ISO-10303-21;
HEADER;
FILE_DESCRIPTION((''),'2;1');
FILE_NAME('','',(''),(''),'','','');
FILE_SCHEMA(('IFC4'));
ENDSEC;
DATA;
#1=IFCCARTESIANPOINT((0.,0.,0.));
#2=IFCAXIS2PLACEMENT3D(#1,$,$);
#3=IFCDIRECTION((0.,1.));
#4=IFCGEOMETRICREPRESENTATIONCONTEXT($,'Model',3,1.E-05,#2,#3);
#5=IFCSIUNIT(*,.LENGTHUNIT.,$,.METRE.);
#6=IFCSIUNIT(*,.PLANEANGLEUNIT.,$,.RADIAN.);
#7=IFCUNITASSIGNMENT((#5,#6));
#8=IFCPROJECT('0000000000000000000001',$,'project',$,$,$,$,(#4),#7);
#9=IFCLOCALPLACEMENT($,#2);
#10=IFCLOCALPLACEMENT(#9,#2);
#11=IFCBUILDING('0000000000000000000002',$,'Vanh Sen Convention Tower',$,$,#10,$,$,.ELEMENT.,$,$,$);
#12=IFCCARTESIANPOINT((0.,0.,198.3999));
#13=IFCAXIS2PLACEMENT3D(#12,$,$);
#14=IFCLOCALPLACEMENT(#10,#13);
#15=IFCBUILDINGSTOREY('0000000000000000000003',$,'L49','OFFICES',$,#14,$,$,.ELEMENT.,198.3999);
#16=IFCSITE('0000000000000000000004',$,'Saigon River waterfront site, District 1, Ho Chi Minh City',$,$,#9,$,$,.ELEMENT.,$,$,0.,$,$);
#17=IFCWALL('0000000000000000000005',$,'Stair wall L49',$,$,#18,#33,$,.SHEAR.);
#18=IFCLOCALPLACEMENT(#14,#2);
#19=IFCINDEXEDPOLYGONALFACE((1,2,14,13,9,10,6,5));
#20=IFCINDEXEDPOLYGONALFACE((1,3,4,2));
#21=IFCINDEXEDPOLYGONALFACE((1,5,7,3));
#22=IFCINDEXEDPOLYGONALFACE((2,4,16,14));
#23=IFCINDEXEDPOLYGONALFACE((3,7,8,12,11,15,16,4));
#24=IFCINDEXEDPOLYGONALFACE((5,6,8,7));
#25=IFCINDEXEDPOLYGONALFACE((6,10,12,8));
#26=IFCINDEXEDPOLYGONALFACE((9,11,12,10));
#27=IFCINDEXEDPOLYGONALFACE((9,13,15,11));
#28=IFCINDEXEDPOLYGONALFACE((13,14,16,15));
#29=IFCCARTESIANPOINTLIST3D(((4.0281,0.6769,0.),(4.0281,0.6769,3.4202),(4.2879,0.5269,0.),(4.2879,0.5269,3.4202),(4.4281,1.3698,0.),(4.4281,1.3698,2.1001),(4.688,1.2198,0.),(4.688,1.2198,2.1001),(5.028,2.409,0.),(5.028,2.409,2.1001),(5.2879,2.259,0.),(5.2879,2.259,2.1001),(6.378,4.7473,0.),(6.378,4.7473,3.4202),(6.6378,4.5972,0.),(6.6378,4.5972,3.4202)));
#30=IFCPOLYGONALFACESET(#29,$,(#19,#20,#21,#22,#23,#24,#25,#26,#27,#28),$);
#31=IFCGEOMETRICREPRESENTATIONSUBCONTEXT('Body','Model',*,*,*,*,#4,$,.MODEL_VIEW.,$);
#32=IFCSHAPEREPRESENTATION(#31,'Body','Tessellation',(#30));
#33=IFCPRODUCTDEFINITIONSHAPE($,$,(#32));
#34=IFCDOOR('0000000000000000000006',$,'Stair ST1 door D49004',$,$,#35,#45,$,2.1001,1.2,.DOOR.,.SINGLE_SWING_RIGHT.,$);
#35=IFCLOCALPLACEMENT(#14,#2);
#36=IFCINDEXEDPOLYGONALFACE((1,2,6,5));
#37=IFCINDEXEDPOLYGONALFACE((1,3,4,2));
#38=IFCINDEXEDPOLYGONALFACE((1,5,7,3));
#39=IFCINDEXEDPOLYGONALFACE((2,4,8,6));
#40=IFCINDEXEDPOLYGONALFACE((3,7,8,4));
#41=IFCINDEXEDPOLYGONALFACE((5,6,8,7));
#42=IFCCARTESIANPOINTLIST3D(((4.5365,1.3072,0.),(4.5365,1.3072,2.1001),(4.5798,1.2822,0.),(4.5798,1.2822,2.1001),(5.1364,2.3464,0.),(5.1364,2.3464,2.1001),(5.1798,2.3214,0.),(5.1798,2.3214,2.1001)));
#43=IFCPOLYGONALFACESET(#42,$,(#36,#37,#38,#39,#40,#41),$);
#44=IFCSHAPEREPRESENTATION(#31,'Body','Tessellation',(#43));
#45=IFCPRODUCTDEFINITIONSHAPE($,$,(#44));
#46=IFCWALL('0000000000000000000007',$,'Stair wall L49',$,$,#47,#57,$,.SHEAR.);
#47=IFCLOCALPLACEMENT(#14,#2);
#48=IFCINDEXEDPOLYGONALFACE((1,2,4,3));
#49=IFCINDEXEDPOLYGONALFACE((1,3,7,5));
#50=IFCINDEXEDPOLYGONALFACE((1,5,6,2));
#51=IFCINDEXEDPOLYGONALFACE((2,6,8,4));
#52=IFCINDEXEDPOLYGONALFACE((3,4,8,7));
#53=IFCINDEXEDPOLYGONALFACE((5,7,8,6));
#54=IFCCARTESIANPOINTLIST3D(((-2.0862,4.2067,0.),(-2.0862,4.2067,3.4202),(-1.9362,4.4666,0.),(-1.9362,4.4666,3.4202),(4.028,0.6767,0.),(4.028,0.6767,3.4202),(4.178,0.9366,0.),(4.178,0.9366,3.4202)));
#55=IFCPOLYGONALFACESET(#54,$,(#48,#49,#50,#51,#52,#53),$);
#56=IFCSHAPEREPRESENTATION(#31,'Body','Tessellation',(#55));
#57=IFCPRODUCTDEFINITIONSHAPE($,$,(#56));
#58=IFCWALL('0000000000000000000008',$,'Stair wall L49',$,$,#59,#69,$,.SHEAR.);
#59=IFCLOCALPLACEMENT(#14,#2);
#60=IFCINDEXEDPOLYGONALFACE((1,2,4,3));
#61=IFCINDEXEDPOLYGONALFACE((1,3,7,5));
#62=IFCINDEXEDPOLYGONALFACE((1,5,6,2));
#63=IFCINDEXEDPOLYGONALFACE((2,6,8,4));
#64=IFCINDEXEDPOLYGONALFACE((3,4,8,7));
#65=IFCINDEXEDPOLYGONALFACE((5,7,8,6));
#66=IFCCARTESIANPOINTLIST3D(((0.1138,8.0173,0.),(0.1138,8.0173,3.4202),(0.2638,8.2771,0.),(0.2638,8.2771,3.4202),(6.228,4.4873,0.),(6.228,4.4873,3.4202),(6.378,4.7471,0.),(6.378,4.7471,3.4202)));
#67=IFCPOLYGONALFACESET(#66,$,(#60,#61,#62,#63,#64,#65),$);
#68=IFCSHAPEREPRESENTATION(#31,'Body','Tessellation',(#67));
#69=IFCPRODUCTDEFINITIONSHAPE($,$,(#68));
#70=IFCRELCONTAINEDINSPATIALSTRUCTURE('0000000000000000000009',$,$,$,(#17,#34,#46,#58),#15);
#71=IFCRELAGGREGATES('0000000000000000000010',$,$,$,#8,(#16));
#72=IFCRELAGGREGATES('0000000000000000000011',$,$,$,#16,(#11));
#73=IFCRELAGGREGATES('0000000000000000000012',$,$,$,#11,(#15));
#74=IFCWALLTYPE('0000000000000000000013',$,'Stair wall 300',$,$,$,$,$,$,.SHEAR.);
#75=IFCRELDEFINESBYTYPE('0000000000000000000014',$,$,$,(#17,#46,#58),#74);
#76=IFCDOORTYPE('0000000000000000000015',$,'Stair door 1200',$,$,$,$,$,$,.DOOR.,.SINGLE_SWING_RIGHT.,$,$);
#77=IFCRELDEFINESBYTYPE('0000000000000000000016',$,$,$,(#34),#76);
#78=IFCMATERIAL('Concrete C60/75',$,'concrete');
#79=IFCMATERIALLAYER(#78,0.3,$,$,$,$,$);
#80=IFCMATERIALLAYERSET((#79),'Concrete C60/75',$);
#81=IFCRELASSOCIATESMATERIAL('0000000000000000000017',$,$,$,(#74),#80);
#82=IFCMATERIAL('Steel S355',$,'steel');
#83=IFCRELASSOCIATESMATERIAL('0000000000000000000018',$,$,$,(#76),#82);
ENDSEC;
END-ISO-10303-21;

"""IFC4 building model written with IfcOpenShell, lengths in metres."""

from ifc_helpers import new_model, si_unit, direction, frame, frame_2d, origin, place, context, subcontext, project, spatial, rectangle, extrude, material, layer, layer_set, type_object, element, fill, save


model = new_model("IFC4")

# Units and contexts
model_context = context("Model", 3, precision=1e-05, world=origin(), true_north=direction((0.0, 1.0)))
body_context = subcontext(model_context, "Body", "Model", "MODEL_VIEW")
ifc_project = project(units=[si_unit("LENGTHUNIT", "METRE"), si_unit("PLANEANGLEUNIT", "RADIAN")], contexts=[model_context])

# Site, building, storey
site_placement = place(None, origin())
site = spatial("IfcSite", under=ifc_project, at=site_placement, Name="Saigon River waterfront site, District 1, Ho Chi Minh City", CompositionType="ELEMENT", RefElevation=0.0)
building_placement = place(site_placement, origin())
building = spatial("IfcBuilding", under=site, at=building_placement, Name="Vanh Sen Convention Tower", CompositionType="ELEMENT")
storey_placement = place(building_placement, frame((0.0, 0.0, 198.3999)))
storey = spatial("IfcBuildingStorey", under=building, at=storey_placement, Name="L49", Description="OFFICES", CompositionType="ELEMENT", Elevation=198.3999)

# Shared definitions
ifc_material_1 = material(Name="Steel S355", Category="steel")

# Shared definitions
ifc_material_2 = material(Name="Concrete C60/75", Category="concrete")

# Wall, opening, door
ifc_layer_1 = layer(ifc_material_2, 0.3)
ifc_layer_set_1 = layer_set([ifc_layer_1], Name="Concrete C60/75")
wall_type_1 = type_object("IfcWallType", Name="Stair wall 300", PredefinedType="SHEAR", material=ifc_layer_set_1)
wall_1_placement = place(storey_placement, frame((4.158, 0.6018, 0.0), z_axis=(0.0, 0.0, 1.0), x_axis=(0.499977, 0.866039, 0.0)))
wall_1 = element("IfcWall", 1, at=wall_1_placement, inside=storey, type_object=wall_type_1, Name="Stair wall L49", PredefinedType="SHEAR", context=body_context, shape_type="SweptSolid", body=[
    extrude(rectangle(XDim=4.7, YDim=0.3, at=frame_2d((2.3501, 0.0))), origin(), (0.0, 0.0, 1.0), 3.4202),
])
opening_1_placement = place(wall_1_placement, frame((0.8, 0.0, 0.0)))
opening_1 = element("IfcOpeningElement", 2, at=opening_1_placement, cuts=wall_1, PredefinedType="OPENING", context=body_context, shape_type="SweptSolid", body=[
    extrude(rectangle(XDim=1.2, YDim=2.1001, at=frame_2d((0.6001, 1.05))), frame((0.0, 0.1599, 0.0), z_axis=(0.0, -1.0, 0.0), x_axis=(1.0, 0.0, 0.0)), (0.0, 0.0, 1.0), 0.3201),
])
door_type_1 = type_object("IfcDoorType", Name="Stair door 1200", OperationType="SINGLE_SWING_RIGHT", PredefinedType="DOOR", material=ifc_material_1)
door_1_placement = place(opening_1_placement, origin())
door_1 = element("IfcDoor", 3, at=door_1_placement, inside=storey, type_object=door_type_1, Name="Stair ST1 door D49004", OperationType="SINGLE_SWING_RIGHT", OverallHeight=2.1001, OverallWidth=1.2, PredefinedType="DOOR", context=body_context, shape_type="SweptSolid", body=[
    extrude(rectangle(XDim=1.2, YDim=2.1001, at=frame_2d((0.6001, 1.05))), frame((0.0, 0.0249, 0.0), z_axis=(0.0, -1.0, 0.0), x_axis=(1.0, 0.0, 0.0)), (0.0, 0.0, 1.0), 0.05),
])
fill(opening_1, door_1)

# Walls
for number, where, z_axis, x_axis, name in (
    (4, (4.103, 0.8066, 0.0), (0.0, 0.0, 1.0), (-0.866028, 0.499996, 0.0), "Stair wall L49"),
    (5, (6.303, 4.6172, 0.0), (0.0, 0.0, 1.0), (-0.866028, 0.499996, 0.0), "Stair wall L49"),
):
    element("IfcWall", number, at=place(storey_placement, frame(where, z_axis=z_axis, x_axis=x_axis)), inside=storey, type_object=wall_type_1, Name=name, PredefinedType="SHEAR", context=body_context, shape_type="SweptSolid", body=[
        extrude(rectangle(XDim=7.0601, YDim=0.3, at=frame_2d((3.53, 0.0))), origin(), (0.0, 0.0, 1.0), 3.4202),
    ])

save(model, "model.ifc")
